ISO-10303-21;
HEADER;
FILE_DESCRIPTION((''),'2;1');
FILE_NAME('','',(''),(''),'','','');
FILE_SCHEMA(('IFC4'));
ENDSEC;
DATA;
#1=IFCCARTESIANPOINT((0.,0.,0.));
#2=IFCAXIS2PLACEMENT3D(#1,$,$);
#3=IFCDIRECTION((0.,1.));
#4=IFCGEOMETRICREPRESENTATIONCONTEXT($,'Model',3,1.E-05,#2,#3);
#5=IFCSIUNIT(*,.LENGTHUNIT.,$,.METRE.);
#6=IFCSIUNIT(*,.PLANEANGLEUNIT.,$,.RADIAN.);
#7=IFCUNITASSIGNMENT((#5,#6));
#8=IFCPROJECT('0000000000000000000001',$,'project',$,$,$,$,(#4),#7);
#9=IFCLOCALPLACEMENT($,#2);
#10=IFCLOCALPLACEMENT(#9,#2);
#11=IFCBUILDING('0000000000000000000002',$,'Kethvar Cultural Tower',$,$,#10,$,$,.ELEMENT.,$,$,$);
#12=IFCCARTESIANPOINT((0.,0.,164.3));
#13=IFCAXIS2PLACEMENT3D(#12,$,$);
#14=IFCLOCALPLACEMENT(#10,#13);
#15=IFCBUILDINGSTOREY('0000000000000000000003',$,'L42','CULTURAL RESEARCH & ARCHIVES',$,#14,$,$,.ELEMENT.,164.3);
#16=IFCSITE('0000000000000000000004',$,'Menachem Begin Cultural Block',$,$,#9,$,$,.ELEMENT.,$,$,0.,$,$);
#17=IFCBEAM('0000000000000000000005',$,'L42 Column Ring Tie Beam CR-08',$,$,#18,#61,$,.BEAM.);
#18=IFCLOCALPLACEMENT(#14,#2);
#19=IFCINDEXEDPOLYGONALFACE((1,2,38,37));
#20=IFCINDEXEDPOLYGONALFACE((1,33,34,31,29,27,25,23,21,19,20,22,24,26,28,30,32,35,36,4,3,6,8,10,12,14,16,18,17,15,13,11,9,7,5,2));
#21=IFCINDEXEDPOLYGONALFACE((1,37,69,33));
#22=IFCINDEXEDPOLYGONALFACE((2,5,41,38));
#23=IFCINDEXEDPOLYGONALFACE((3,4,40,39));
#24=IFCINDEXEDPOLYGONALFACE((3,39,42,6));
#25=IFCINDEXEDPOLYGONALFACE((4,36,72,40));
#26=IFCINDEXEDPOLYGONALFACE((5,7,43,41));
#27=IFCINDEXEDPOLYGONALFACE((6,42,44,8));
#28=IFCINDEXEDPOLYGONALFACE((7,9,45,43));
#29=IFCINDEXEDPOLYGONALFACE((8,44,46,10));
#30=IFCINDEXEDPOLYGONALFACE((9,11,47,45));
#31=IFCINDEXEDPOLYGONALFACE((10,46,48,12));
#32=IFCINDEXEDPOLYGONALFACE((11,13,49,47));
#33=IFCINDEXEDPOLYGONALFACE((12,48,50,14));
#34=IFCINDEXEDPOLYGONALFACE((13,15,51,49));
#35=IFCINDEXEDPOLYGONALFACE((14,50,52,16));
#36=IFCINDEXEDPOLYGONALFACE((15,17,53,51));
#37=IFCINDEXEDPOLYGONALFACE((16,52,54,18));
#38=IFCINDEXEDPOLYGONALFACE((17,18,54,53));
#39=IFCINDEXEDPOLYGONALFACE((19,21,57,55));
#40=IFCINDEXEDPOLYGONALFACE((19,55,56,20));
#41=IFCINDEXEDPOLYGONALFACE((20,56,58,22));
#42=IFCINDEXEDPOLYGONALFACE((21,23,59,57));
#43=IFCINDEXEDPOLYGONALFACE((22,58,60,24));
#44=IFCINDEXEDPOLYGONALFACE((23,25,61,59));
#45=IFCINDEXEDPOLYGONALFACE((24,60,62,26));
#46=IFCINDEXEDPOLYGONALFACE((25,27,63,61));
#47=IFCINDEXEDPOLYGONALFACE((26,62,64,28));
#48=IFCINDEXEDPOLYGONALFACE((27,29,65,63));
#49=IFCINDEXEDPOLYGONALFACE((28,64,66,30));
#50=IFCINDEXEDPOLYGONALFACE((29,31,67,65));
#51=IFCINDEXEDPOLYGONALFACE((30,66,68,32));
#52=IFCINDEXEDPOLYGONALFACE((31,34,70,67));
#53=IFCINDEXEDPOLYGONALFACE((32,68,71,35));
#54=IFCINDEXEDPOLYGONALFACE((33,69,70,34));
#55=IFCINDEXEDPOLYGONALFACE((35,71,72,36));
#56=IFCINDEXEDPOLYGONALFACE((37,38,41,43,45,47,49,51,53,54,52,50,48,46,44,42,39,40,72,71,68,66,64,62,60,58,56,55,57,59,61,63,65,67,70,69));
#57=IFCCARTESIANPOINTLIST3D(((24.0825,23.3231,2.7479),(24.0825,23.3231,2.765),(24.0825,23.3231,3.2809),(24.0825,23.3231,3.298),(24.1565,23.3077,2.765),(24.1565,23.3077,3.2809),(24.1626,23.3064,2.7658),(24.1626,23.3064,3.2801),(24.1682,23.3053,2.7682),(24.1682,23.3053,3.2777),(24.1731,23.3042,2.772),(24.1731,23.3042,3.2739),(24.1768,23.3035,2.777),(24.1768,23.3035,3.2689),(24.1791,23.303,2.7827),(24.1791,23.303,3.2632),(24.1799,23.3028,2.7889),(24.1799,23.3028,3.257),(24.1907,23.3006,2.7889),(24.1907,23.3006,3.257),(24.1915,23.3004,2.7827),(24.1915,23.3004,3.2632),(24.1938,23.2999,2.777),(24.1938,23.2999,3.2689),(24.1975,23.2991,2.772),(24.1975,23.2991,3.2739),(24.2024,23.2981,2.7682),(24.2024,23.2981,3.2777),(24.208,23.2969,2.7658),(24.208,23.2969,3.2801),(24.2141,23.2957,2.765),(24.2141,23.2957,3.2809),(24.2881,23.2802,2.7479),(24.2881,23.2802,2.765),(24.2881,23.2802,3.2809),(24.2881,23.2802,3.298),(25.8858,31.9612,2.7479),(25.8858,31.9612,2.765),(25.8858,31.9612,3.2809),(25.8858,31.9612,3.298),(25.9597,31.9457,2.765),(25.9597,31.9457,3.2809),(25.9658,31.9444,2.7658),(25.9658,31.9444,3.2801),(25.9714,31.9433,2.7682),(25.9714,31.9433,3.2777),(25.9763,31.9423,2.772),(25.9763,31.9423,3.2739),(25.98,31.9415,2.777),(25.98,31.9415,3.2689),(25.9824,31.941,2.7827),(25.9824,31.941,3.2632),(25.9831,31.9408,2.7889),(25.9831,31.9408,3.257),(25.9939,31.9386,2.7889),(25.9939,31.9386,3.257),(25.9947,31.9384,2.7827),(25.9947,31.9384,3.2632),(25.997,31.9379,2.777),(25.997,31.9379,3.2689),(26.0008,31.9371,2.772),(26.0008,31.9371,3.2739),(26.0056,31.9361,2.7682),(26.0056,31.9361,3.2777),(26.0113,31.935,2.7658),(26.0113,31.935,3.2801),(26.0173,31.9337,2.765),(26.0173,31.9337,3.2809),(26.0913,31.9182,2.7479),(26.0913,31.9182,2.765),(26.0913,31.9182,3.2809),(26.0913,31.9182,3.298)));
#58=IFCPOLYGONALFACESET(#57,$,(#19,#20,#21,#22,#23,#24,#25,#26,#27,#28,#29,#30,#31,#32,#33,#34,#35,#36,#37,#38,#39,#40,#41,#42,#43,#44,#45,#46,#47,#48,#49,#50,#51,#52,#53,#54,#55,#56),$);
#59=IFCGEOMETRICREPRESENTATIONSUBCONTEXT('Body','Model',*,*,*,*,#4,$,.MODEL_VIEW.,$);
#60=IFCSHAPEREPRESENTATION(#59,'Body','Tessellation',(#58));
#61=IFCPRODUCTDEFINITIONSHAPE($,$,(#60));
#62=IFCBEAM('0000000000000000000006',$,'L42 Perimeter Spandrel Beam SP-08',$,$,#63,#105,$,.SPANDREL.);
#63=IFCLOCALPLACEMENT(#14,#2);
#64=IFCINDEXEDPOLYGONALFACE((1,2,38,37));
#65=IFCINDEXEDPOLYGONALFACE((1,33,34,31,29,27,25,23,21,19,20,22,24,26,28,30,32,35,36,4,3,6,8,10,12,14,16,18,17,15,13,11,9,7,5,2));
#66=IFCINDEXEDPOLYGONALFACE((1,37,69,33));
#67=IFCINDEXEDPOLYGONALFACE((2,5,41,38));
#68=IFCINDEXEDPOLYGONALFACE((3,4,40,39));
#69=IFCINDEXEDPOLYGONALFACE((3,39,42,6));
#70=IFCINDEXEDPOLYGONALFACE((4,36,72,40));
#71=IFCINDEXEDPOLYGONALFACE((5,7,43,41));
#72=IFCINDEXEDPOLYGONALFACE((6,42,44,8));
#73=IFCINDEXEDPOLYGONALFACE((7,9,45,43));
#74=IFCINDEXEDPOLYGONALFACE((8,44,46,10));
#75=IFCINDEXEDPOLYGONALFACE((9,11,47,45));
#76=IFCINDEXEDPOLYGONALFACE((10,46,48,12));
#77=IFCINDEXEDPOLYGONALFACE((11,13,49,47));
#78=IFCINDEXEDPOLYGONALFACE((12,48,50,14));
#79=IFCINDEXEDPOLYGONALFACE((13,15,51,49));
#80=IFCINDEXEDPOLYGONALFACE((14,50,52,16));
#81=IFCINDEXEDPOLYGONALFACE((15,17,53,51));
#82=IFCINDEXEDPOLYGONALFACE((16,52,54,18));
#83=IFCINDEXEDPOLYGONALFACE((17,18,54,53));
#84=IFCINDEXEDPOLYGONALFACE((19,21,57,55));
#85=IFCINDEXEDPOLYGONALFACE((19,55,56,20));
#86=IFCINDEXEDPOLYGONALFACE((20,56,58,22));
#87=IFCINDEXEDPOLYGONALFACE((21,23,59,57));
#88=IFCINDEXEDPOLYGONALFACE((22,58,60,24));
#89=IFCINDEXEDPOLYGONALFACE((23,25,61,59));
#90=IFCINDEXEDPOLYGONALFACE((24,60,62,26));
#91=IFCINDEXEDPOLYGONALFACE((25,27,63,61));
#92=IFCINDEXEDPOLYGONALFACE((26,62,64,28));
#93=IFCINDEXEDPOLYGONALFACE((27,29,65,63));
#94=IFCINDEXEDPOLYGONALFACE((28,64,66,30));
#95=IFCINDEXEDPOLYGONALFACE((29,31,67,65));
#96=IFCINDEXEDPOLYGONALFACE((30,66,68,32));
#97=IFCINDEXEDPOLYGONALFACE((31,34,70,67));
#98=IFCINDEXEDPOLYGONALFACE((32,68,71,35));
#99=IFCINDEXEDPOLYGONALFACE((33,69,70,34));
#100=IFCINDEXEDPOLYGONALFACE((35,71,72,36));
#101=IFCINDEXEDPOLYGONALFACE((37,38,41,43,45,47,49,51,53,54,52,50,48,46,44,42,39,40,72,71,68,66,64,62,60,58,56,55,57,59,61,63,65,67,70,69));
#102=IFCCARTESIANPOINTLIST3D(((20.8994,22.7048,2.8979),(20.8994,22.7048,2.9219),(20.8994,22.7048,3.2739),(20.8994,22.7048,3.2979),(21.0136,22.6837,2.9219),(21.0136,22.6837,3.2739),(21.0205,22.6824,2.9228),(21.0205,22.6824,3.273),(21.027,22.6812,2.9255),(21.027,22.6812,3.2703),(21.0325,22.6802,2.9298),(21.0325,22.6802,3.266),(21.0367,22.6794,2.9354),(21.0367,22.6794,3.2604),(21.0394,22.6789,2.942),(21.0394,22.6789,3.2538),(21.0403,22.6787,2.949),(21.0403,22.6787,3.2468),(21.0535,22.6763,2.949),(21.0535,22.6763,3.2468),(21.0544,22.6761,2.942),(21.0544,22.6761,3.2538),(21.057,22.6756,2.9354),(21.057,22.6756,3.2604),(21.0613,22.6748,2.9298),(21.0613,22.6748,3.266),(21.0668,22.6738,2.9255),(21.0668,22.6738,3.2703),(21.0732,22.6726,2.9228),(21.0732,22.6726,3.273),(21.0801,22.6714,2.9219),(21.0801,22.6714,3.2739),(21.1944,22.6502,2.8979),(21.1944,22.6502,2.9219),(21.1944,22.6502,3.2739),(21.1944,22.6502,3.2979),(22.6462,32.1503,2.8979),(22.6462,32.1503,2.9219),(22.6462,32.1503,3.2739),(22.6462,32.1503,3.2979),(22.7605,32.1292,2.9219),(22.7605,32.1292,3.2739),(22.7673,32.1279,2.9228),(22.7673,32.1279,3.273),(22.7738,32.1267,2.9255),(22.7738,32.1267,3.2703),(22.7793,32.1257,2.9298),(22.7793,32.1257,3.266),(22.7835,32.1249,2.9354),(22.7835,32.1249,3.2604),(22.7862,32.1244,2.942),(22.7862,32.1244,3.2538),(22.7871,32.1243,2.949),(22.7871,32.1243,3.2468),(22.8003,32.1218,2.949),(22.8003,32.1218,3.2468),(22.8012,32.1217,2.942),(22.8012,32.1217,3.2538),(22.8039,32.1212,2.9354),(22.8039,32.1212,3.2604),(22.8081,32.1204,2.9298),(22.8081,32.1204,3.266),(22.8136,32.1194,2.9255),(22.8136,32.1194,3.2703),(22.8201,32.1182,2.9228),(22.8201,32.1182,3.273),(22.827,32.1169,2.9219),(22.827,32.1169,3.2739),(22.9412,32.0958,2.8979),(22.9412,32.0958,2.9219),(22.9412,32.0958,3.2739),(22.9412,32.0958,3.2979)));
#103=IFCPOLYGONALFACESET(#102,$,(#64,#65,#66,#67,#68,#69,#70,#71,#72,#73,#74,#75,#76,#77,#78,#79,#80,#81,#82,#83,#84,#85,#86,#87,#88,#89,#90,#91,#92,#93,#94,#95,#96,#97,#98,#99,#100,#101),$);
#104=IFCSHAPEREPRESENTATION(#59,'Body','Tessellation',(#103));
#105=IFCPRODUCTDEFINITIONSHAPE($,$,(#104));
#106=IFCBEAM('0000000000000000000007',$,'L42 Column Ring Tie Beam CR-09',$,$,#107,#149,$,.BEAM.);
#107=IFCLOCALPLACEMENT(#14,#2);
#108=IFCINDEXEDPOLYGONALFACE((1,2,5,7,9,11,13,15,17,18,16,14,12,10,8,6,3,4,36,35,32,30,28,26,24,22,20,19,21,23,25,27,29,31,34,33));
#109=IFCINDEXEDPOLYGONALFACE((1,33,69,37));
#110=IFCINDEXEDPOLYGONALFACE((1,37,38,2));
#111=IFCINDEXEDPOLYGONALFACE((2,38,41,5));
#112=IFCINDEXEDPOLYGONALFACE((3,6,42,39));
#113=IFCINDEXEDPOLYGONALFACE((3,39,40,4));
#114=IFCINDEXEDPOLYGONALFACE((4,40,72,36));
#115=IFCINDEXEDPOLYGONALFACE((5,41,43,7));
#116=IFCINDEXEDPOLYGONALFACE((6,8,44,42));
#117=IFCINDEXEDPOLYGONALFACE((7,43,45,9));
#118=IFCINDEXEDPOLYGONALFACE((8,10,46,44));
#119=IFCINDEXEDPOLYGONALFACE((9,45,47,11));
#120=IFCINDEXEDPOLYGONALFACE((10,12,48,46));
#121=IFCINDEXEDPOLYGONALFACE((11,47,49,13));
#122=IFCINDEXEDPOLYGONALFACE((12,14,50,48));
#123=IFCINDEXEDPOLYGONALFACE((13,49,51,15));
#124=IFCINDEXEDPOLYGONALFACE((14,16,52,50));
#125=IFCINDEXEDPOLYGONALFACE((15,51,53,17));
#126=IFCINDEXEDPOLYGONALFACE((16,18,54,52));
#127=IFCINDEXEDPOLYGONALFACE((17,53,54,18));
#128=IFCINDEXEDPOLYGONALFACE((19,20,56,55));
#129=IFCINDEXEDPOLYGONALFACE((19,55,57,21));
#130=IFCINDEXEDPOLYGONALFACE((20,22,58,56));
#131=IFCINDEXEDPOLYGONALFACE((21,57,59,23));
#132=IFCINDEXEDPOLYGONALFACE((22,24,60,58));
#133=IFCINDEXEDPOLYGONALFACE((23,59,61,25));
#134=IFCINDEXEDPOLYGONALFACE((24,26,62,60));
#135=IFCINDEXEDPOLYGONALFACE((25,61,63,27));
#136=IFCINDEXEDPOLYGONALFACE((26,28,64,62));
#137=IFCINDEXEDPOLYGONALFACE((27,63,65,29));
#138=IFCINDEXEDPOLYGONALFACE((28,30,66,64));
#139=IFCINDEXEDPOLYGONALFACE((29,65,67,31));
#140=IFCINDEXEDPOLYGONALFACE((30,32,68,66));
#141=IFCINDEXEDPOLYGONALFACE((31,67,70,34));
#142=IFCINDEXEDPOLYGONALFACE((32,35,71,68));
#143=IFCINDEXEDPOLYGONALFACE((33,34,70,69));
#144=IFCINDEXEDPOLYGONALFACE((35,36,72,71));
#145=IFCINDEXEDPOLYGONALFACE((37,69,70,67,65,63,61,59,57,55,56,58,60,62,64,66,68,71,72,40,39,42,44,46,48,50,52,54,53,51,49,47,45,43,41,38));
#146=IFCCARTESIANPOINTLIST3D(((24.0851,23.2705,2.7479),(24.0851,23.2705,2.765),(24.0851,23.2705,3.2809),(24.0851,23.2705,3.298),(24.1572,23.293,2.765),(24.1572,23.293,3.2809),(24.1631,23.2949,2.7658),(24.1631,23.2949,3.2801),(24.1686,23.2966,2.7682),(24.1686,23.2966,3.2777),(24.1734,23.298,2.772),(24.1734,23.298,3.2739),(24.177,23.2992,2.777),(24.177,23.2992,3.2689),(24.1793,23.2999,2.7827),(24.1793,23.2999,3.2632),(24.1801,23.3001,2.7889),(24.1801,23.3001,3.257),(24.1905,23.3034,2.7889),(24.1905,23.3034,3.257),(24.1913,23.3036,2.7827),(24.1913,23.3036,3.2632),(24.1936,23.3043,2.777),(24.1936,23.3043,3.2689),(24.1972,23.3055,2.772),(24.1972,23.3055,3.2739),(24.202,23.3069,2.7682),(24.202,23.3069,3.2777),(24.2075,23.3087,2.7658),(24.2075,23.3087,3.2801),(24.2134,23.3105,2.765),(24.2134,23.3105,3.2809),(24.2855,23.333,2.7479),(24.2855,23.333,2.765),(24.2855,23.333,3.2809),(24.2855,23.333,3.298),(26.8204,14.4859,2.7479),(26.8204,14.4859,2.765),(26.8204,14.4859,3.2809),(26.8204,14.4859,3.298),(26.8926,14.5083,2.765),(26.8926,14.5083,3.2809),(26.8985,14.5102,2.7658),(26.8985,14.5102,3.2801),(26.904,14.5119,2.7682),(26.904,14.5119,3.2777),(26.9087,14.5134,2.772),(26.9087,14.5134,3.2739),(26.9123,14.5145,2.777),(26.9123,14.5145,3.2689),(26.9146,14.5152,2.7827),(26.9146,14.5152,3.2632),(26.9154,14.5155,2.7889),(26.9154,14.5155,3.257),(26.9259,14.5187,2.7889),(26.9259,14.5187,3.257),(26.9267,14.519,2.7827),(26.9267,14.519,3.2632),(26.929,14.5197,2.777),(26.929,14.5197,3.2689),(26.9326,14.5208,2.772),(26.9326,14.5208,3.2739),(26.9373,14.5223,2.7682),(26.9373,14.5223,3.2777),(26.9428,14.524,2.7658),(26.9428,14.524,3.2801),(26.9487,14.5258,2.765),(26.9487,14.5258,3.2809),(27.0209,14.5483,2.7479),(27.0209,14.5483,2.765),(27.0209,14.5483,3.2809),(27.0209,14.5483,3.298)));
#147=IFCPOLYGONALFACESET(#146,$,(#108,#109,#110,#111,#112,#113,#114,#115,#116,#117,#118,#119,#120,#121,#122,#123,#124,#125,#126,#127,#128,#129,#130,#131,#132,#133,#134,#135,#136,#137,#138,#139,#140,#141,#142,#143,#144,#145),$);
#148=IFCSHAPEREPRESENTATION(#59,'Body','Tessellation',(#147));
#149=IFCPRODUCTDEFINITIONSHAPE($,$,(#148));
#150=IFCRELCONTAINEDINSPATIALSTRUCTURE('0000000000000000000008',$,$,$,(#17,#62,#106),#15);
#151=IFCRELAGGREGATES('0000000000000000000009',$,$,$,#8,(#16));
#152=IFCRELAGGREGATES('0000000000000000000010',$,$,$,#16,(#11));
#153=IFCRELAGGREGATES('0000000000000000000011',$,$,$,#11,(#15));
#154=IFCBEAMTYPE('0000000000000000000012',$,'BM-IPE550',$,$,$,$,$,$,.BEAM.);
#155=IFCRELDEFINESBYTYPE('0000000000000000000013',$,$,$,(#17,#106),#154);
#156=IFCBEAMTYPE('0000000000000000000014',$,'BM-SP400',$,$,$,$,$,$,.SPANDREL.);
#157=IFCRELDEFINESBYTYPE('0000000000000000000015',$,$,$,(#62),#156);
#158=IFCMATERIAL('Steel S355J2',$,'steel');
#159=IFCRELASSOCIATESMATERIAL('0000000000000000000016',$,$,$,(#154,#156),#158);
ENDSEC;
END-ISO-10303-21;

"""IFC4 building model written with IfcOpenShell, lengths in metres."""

from ifc_helpers import new_model, si_unit, direction, frame, origin, origin_2d, place, context, subcontext, project, spatial, i_section, extrude, source, transform, mapped, material, material_profile, profile_set, type_object, element, save


model = new_model("IFC4")

# Units and contexts
model_context = context("Model", 3, precision=1e-05, world=origin(), true_north=direction((0.0, 1.0)))
body_context = subcontext(model_context, "Body", "Model", "MODEL_VIEW")
ifc_project = project(units=[si_unit("LENGTHUNIT", "METRE"), si_unit("PLANEANGLEUNIT", "RADIAN")], contexts=[model_context])

# Site, building, storey
site_placement = place(None, origin())
site = spatial("IfcSite", under=ifc_project, at=site_placement, Name="Menachem Begin Cultural Block", CompositionType="ELEMENT", RefElevation=0.0)
building_placement = place(site_placement, origin())
building = spatial("IfcBuilding", under=site, at=building_placement, Name="Kethvar Cultural Tower", CompositionType="ELEMENT")
storey_placement = place(building_placement, frame((0.0, 0.0, 164.3)))
storey = spatial("IfcBuildingStorey", under=building, at=storey_placement, Name="L42", Description="CULTURAL RESEARCH & ARCHIVES", CompositionType="ELEMENT", Elevation=164.3)

# Beams
ifc_material_1 = material(Name="Steel S355J2", Category="steel")
ifc_material_profile_1 = material_profile(ifc_material_1, i_section(OverallWidth=0.21, OverallDepth=0.55, WebThickness=0.011, FlangeThickness=0.0171, FilletRadius=0.0239, at=origin_2d()), Name="Steel S355J2 — IPE550")
ifc_profile_set_1 = profile_set([ifc_material_profile_1], Name="Steel S355J2 — IPE550")
beam_type_1 = type_object("IfcBeamType", Name="BM-IPE550", PredefinedType="BEAM", material=ifc_profile_set_1)
shared_shape_1 = source(origin(), body_context, "Body", "SweptSolid", [
    extrude(i_section(OverallWidth=0.21, OverallDepth=0.55, WebThickness=0.011, FlangeThickness=0.0171, FilletRadius=0.0239, at=origin_2d()), origin(), (0.0, 0.0, 1.0), 8.8242),
])
beam_1_placement = place(storey_placement, frame((25.9885, 31.9397, 3.0229), z_axis=(-0.204351, -0.978898, 0.0), x_axis=(0.978898, -0.204351, 0.0)))
element("IfcBeam", 1, at=beam_1_placement, inside=storey, type_object=beam_type_1, Name="L42 Column Ring Tie Beam CR-08", PredefinedType="BEAM", context=body_context, shape_type="MappedRepresentation", body=[
    mapped(shared_shape_1, transform((0.0, 0.0, 0.0), scale=1.0)),
])
ifc_material_profile_2 = material_profile(ifc_material_1, i_section(OverallWidth=0.3, OverallDepth=0.3999, WebThickness=0.0134, FlangeThickness=0.0239, FilletRadius=0.0271, at=origin_2d()), Name="Steel S355J2 — HEB400")
ifc_profile_set_2 = profile_set([ifc_material_profile_2], Name="Steel S355J2 — HEB400")
beam_type_2 = type_object("IfcBeamType", Name="BM-SP400", PredefinedType="SPANDREL", material=ifc_profile_set_2)
shared_shape_2 = source(origin(), body_context, "Body", "SweptSolid", [
    extrude(i_section(OverallWidth=0.3, OverallDepth=0.3999, WebThickness=0.0134, FlangeThickness=0.0239, FilletRadius=0.0271, at=origin_2d()), origin(), (0.0, 0.0, 1.0), 9.6057),
])
beam_2_placement = place(storey_placement, frame((22.7937, 32.123, 3.0979), z_axis=(-0.181853, -0.983326, 0.0), x_axis=(0.983326, -0.181853, 0.0)))
element("IfcBeam", 2, at=beam_2_placement, inside=storey, type_object=beam_type_2, Name="L42 Perimeter Spandrel Beam SP-08", PredefinedType="SPANDREL", context=body_context, shape_type="MappedRepresentation", body=[
    mapped(shared_shape_2, transform((0.0, 0.0, 0.0), scale=1.0)),
])
shared_shape_3 = source(origin(), body_context, "Body", "SweptSolid", [
    extrude(i_section(OverallWidth=0.21, OverallDepth=0.55, WebThickness=0.011, FlangeThickness=0.0171, FilletRadius=0.0239, at=origin_2d()), origin(), (0.0, 0.0, 1.0), 9.2007),
])
beam_3_placement = place(storey_placement, frame((24.1853, 23.3018, 3.0229), z_axis=(0.297299, -0.954784, 0.0), x_axis=(0.954784, 0.297299, 0.0)))
element("IfcBeam", 3, at=beam_3_placement, inside=storey, type_object=beam_type_1, Name="L42 Column Ring Tie Beam CR-09", PredefinedType="BEAM", context=body_context, shape_type="MappedRepresentation", body=[
    mapped(shared_shape_3, transform((0.0, 0.0, 0.0), scale=1.0)),
])

save(model, "model.ifc")
